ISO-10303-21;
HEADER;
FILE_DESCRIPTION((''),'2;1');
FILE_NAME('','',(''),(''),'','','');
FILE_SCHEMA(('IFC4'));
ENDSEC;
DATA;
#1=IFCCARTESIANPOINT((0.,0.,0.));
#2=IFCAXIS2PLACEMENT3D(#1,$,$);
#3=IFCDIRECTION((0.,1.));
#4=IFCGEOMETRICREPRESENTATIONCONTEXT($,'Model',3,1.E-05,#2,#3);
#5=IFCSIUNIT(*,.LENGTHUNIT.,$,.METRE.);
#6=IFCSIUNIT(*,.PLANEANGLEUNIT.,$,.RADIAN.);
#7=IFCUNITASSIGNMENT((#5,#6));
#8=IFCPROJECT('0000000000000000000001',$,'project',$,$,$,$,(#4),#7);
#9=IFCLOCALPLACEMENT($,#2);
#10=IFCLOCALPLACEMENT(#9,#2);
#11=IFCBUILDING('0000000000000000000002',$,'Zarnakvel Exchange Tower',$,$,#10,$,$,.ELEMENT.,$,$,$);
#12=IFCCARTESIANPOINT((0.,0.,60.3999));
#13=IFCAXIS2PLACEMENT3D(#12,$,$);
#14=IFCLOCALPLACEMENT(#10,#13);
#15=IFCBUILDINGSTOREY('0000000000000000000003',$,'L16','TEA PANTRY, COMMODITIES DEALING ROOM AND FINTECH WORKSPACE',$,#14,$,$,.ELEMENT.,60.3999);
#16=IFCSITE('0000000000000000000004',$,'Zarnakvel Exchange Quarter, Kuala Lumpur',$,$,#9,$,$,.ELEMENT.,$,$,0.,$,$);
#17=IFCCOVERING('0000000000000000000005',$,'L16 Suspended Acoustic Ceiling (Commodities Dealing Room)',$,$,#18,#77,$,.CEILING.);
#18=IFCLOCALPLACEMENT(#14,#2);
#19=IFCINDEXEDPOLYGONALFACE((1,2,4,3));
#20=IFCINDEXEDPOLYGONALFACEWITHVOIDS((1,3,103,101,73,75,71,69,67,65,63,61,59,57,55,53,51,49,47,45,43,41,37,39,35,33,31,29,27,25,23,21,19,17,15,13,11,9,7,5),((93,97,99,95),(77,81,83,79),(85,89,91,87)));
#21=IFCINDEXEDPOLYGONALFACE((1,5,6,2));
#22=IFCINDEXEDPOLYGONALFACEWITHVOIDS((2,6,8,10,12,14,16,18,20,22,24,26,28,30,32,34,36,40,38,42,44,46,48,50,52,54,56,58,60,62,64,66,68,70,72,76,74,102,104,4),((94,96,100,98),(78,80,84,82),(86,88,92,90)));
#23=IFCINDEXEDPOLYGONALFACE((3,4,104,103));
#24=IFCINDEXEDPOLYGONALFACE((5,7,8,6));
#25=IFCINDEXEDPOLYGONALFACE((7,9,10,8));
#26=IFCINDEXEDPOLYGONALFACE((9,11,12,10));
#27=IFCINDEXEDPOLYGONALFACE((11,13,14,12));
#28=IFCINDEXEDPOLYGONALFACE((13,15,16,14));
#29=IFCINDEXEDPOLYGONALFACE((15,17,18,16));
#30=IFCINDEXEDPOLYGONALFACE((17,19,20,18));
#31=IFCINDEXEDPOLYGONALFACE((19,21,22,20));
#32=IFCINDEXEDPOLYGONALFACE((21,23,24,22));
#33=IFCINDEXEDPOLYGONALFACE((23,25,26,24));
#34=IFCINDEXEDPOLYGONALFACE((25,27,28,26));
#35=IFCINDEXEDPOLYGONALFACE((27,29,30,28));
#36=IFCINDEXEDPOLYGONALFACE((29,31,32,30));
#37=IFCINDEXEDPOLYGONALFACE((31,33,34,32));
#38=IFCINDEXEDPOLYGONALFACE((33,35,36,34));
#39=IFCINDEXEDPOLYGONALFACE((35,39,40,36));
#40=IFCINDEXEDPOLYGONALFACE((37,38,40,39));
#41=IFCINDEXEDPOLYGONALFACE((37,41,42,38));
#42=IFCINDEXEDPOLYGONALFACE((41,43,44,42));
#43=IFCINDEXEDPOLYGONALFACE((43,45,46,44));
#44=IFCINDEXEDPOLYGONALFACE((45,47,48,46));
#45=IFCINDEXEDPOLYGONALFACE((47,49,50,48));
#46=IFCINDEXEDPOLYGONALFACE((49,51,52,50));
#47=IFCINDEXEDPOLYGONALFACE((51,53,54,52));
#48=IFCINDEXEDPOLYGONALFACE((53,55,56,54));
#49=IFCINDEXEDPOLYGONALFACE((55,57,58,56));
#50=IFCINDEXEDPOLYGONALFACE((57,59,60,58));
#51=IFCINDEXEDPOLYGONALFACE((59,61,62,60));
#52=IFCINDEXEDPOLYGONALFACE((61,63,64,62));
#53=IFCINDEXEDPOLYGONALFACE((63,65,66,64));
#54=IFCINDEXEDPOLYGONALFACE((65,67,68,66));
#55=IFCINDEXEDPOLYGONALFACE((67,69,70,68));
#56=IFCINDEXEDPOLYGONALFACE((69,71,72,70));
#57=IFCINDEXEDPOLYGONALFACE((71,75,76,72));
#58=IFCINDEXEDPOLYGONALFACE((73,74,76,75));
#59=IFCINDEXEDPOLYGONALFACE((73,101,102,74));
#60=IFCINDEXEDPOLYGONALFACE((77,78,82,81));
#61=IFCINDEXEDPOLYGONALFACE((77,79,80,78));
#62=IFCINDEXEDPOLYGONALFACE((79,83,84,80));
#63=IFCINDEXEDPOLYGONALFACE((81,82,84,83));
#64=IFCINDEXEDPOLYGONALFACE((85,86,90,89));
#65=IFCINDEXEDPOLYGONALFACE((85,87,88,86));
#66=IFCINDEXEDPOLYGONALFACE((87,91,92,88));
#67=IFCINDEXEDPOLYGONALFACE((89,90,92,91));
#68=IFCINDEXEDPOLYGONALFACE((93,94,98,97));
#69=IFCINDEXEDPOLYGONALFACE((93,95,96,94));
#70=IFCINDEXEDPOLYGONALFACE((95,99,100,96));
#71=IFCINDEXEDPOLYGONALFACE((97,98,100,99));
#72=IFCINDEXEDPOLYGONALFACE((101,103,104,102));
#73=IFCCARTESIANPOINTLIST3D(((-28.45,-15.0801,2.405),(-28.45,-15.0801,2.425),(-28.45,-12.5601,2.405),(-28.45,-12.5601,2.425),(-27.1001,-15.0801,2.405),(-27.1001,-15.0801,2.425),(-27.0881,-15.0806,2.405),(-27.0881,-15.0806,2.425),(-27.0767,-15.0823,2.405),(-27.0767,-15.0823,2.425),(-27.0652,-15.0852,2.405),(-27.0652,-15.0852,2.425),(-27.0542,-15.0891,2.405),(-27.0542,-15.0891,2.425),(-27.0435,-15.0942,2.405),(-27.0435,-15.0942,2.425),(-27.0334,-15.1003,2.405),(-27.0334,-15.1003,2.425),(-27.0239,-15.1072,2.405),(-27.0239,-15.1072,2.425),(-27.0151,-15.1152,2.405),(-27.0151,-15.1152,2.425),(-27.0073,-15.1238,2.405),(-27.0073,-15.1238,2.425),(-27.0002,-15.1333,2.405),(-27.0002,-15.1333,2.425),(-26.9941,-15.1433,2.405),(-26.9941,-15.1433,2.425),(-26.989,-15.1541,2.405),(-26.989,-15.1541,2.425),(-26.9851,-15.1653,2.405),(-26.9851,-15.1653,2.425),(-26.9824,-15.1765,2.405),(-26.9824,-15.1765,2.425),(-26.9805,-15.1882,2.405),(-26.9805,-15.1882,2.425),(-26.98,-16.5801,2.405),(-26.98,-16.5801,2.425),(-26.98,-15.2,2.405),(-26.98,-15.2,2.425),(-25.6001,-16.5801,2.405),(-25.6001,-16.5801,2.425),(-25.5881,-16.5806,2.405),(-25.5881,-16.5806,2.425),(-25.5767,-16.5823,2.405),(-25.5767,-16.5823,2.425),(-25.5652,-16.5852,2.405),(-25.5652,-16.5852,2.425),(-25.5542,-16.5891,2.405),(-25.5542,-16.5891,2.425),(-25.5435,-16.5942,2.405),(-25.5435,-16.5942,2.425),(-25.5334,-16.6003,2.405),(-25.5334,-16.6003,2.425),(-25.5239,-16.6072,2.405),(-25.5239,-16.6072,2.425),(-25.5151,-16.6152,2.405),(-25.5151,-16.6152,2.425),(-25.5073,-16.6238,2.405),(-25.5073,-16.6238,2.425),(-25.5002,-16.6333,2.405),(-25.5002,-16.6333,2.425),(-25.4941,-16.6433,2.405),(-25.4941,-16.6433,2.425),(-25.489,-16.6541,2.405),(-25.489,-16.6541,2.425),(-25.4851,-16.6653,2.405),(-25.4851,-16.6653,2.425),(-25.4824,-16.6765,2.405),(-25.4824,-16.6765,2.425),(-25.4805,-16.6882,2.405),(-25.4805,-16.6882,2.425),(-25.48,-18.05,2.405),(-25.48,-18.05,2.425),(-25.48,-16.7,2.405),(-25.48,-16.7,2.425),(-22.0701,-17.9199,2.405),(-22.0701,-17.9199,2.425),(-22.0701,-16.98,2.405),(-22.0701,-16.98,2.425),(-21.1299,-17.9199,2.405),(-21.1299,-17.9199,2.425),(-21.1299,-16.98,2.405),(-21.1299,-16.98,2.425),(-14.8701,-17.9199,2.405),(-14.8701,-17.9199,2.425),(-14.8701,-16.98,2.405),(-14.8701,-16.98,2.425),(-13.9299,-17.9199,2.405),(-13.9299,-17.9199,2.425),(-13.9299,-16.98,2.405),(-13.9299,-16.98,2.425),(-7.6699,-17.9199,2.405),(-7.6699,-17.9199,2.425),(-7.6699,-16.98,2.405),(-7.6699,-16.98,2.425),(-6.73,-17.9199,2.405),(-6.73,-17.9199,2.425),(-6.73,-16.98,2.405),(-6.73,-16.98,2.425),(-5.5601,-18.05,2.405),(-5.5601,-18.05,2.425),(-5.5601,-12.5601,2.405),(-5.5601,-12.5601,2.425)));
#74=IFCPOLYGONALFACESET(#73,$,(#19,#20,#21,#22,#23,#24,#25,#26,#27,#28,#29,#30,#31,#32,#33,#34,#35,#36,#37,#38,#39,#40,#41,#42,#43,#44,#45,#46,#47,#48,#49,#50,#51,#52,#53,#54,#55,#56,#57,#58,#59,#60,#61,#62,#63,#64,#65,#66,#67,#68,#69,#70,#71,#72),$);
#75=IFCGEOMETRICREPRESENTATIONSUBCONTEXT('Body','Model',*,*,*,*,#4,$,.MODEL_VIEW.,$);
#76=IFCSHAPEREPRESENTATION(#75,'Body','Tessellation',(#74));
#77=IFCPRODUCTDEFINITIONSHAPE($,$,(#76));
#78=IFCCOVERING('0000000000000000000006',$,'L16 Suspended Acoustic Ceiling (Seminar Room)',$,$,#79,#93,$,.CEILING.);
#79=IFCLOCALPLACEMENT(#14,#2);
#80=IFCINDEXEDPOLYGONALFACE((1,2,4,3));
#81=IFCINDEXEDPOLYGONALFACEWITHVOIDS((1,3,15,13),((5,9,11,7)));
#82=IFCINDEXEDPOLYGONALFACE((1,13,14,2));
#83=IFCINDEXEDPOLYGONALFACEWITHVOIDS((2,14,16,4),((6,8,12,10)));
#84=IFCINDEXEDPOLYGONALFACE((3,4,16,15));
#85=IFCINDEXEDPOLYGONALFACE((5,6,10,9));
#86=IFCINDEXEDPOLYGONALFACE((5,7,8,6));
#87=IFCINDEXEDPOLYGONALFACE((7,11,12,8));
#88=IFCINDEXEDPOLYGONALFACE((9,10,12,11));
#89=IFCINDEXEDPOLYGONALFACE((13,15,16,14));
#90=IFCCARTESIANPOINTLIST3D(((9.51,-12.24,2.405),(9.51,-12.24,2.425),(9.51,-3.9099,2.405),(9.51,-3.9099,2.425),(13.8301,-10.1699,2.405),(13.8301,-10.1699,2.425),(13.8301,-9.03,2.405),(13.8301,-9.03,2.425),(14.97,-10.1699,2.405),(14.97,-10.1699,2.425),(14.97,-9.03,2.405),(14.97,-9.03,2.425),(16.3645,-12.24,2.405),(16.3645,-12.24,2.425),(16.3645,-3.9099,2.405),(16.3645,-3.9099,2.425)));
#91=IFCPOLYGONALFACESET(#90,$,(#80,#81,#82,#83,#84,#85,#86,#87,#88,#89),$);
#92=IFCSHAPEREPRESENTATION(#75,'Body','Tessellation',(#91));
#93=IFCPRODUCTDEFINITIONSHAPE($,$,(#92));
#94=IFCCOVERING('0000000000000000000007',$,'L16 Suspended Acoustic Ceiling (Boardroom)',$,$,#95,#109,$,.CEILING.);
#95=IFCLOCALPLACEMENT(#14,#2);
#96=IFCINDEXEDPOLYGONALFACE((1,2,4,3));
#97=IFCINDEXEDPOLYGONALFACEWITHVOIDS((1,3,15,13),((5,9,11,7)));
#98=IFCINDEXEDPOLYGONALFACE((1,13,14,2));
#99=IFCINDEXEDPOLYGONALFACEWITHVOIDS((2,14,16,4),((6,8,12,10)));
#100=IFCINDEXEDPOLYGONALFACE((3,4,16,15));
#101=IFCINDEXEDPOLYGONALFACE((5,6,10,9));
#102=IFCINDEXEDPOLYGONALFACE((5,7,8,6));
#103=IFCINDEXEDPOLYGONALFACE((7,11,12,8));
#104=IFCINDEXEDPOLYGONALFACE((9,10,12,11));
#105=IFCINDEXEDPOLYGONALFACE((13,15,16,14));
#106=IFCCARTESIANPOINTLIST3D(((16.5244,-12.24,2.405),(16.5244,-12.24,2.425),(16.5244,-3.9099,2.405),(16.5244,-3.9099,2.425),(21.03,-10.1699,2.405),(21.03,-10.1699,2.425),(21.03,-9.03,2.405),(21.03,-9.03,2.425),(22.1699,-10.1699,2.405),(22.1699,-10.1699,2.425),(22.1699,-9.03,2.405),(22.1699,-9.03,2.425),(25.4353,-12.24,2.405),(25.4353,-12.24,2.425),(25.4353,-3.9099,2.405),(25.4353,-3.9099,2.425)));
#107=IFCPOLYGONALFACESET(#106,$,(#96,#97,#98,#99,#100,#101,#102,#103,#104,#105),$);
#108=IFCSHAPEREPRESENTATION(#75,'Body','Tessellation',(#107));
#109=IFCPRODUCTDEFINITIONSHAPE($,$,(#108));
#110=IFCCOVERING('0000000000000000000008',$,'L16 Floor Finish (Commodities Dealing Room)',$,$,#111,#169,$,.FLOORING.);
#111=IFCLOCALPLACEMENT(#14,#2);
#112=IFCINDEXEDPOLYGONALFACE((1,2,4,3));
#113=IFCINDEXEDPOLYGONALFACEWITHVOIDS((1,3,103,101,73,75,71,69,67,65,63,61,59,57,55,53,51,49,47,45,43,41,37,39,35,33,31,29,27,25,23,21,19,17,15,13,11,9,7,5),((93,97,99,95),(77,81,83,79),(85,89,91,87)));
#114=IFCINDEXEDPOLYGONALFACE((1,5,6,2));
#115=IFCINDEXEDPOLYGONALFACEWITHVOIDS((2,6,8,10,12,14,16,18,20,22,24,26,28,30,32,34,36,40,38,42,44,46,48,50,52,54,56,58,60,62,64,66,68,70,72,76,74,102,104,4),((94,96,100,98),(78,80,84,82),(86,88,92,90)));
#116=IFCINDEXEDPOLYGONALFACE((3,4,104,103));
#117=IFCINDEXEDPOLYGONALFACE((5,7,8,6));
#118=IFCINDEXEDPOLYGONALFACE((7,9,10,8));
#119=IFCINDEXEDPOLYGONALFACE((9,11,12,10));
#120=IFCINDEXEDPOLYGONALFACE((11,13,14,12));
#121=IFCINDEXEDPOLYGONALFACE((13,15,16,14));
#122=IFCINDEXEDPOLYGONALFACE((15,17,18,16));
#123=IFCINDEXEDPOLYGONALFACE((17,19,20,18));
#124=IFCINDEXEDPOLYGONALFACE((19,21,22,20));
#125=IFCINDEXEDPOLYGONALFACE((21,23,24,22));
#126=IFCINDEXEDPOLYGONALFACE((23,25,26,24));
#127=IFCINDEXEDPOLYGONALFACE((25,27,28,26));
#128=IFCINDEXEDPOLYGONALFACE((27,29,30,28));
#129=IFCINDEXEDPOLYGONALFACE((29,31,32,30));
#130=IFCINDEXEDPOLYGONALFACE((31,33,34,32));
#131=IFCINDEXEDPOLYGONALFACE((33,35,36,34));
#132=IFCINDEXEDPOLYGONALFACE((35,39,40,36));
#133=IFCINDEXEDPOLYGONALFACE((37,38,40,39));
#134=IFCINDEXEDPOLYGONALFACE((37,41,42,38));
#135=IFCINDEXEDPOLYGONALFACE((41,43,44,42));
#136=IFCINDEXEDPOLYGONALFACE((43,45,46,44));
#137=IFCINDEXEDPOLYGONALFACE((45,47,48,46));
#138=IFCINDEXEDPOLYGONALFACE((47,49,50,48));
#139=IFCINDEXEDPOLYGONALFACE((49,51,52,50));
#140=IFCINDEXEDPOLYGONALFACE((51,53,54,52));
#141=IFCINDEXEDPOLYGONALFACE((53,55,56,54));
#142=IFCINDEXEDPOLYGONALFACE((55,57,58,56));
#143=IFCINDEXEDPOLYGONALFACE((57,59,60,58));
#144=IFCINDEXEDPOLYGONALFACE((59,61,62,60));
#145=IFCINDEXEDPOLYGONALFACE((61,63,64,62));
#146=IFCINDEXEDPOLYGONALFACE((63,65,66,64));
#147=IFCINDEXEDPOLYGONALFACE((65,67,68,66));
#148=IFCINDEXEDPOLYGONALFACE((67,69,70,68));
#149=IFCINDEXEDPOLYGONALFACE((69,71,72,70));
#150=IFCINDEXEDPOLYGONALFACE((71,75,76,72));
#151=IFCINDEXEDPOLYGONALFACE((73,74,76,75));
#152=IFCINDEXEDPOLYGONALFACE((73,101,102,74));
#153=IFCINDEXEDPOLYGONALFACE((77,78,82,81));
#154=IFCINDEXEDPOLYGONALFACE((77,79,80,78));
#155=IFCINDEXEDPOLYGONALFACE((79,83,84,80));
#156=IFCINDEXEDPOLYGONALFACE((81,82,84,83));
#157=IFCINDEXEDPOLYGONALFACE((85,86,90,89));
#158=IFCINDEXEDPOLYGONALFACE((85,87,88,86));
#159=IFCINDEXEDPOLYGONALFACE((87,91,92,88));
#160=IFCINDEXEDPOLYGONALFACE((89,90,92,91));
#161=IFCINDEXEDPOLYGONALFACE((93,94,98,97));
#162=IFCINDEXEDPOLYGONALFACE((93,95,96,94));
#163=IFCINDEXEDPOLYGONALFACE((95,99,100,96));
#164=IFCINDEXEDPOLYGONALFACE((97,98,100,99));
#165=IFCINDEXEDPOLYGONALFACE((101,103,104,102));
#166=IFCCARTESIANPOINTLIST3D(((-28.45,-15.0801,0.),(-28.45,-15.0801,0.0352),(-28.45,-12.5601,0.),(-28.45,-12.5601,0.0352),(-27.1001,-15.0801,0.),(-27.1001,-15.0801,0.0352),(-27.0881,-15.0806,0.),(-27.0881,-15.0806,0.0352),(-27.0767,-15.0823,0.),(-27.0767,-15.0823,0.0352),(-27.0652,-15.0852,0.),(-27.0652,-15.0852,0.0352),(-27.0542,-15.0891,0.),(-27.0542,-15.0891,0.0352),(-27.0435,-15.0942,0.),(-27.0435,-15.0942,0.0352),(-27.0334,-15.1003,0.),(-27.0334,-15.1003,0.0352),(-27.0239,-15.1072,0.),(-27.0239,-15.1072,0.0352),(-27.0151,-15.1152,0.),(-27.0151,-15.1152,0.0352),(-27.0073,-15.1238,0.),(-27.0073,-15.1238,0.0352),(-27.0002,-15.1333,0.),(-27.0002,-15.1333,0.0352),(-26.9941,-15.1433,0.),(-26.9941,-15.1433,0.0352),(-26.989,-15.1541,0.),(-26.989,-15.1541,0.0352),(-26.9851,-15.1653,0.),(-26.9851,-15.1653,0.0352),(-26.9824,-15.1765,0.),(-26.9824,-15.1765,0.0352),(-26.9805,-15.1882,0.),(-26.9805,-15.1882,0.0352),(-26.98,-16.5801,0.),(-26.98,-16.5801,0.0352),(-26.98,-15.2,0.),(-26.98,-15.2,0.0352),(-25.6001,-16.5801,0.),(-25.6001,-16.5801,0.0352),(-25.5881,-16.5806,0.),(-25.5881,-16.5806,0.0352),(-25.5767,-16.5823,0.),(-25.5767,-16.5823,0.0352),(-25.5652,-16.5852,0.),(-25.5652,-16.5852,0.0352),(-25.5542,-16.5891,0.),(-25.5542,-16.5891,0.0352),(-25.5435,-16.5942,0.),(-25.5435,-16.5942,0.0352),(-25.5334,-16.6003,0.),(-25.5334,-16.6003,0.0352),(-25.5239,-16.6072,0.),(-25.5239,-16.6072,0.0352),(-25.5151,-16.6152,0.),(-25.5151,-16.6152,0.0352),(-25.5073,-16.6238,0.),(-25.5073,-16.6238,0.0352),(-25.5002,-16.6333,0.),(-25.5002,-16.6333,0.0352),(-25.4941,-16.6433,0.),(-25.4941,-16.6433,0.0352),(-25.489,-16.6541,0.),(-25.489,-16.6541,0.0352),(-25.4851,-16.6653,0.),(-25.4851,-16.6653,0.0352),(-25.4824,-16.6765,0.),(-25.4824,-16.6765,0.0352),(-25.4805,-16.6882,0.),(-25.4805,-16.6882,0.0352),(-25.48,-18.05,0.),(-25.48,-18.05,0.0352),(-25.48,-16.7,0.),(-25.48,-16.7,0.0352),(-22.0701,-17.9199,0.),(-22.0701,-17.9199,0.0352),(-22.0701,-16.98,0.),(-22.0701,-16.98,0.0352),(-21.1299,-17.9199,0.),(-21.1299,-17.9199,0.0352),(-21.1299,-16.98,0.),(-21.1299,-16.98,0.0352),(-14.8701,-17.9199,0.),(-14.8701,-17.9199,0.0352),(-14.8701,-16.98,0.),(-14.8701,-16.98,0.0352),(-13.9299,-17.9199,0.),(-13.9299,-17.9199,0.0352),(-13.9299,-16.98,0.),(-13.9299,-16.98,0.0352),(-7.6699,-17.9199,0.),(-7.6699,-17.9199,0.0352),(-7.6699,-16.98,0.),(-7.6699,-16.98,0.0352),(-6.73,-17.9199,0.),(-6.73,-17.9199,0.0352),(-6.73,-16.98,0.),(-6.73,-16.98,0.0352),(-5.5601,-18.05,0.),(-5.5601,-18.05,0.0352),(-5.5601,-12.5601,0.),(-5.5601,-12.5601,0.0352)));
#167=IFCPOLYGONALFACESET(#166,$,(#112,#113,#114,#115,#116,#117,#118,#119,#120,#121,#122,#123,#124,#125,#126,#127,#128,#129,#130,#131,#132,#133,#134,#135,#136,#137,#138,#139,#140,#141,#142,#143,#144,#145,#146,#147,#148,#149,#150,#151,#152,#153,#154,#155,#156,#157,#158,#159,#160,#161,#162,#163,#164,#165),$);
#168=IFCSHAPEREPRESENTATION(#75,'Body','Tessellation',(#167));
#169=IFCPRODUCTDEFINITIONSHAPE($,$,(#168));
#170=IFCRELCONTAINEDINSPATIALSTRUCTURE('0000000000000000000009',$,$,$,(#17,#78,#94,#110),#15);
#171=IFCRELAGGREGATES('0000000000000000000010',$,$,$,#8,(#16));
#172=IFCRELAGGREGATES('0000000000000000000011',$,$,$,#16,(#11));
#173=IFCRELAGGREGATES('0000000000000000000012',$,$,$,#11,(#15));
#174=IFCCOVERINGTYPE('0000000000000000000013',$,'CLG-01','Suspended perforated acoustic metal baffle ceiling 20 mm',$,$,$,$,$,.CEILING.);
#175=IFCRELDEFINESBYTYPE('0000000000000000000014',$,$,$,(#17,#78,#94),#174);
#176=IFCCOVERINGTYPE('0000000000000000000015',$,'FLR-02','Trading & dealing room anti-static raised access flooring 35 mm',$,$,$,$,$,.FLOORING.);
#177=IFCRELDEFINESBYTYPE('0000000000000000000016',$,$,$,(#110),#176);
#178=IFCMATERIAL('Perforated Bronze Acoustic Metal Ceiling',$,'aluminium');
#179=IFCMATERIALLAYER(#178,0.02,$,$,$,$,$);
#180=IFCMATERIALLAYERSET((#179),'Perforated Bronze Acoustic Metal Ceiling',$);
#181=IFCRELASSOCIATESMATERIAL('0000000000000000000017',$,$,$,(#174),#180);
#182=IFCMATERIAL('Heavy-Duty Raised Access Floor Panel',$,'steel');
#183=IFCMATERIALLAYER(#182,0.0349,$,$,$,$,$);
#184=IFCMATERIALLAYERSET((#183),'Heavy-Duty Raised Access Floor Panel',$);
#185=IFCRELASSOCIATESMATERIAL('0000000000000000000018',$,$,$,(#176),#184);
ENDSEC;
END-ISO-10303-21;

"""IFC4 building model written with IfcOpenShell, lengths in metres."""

from ifc_helpers import new_model, si_unit, direction, frame, origin, place, context, subcontext, project, spatial, polyline, outline, extrude, material, layer, layer_set, type_object, element, save


model = new_model("IFC4")

# Units and contexts
model_context = context("Model", 3, precision=1e-05, world=origin(), true_north=direction((0.0, 1.0)))
body_context = subcontext(model_context, "Body", "Model", "MODEL_VIEW")
ifc_project = project(units=[si_unit("LENGTHUNIT", "METRE"), si_unit("PLANEANGLEUNIT", "RADIAN")], contexts=[model_context])

# Site, building, storey
site_placement = place(None, origin())
site = spatial("IfcSite", under=ifc_project, at=site_placement, Name="Zarnakvel Exchange Quarter, Kuala Lumpur", CompositionType="ELEMENT", RefElevation=0.0)
building_placement = place(site_placement, origin())
building = spatial("IfcBuilding", under=site, at=building_placement, Name="Zarnakvel Exchange Tower", CompositionType="ELEMENT")
storey_placement = place(building_placement, frame((0.0, 0.0, 60.3999)))
storey = spatial("IfcBuildingStorey", under=building, at=storey_placement, Name="L16", Description="TEA PANTRY, COMMODITIES DEALING ROOM AND FINTECH WORKSPACE", CompositionType="ELEMENT", Elevation=60.3999)

# Coverings
ifc_material_1 = material(Name="Perforated Bronze Acoustic Metal Ceiling", Category="aluminium")
ifc_layer_1 = layer(ifc_material_1, 0.02)
ifc_layer_set_1 = layer_set([ifc_layer_1], Name="Perforated Bronze Acoustic Metal Ceiling")
covering_type_1 = type_object("IfcCoveringType", Name="CLG-01", Description="Suspended perforated acoustic metal baffle ceiling 20 mm", PredefinedType="CEILING", material=ifc_layer_set_1)
covering_1_placement = place(storey_placement, frame((0.0, 0.0, 2.405)))
element("IfcCovering", 1, at=covering_1_placement, inside=storey, type_object=covering_type_1, Name="L16 Suspended Acoustic Ceiling (Commodities Dealing Room)", PredefinedType="CEILING", context=body_context, shape_type="SweptSolid", body=[
    extrude(outline(polyline([(-5.5601, -12.5601), (-5.5601, -18.05), (-25.48, -18.05), (-25.48, -16.7), (-25.4805, -16.6882), (-25.4824, -16.6765), (-25.4851, -16.6653), (-25.489, -16.6541), (-25.4941, -16.6433), (-25.5002, -16.6333), (-25.5073, -16.6238), (-25.5151, -16.6152), (-25.5239, -16.6072), (-25.5334, -16.6003), (-25.5435, -16.5942), (-25.5542, -16.5891), (-25.5652, -16.5852), (-25.5767, -16.5823), (-25.5881, -16.5806), (-25.6001, -16.5801), (-26.98, -16.5801), (-26.98, -15.2), (-26.9805, -15.1882), (-26.9824, -15.1765), (-26.9851, -15.1653), (-26.989, -15.1541), (-26.9941, -15.1433), (-27.0002, -15.1333), (-27.0073, -15.1238), (-27.0151, -15.1152), (-27.0239, -15.1072), (-27.0334, -15.1003), (-27.0435, -15.0942), (-27.0542, -15.0891), (-27.0652, -15.0852), (-27.0767, -15.0823), (-27.0881, -15.0806), (-27.1001, -15.0801), (-28.45, -15.0801), (-28.45, -12.5601), (-5.5601, -12.5601)]), holes=[polyline([(-6.73, -17.9199), (-6.73, -16.98), (-7.6699, -16.98), (-7.6699, -17.9199), (-6.73, -17.9199)]), polyline([(-13.9299, -17.9199), (-13.9299, -16.98), (-14.8701, -16.98), (-14.8701, -17.9199), (-13.9299, -17.9199)]), polyline([(-21.1299, -17.9199), (-21.1299, -16.98), (-22.0701, -16.98), (-22.0701, -17.9199), (-21.1299, -17.9199)])]), origin(), (0.0, 0.0, 1.0), 0.02),
])
covering_2_placement = place(storey_placement, frame((0.0, 0.0, 2.405)))
element("IfcCovering", 2, at=covering_2_placement, inside=storey, type_object=covering_type_1, Name="L16 Suspended Acoustic Ceiling (Seminar Room)", PredefinedType="CEILING", context=body_context, shape_type="SweptSolid", body=[
    extrude(outline(polyline([(9.51, -3.9099), (16.3645, -3.9099), (16.3645, -12.24), (9.51, -12.24), (9.51, -3.9099)]), holes=[polyline([(13.8301, -10.1699), (14.97, -10.1699), (14.97, -9.03), (13.8301, -9.03), (13.8301, -10.1699)])]), origin(), (0.0, 0.0, 1.0), 0.02),
])
covering_3_placement = place(storey_placement, frame((0.0, 0.0, 2.405)))
element("IfcCovering", 3, at=covering_3_placement, inside=storey, type_object=covering_type_1, Name="L16 Suspended Acoustic Ceiling (Boardroom)", PredefinedType="CEILING", context=body_context, shape_type="SweptSolid", body=[
    extrude(outline(polyline([(16.5244, -3.9099), (25.4353, -3.9099), (25.4353, -12.24), (16.5244, -12.24), (16.5244, -3.9099)]), holes=[polyline([(22.1699, -10.1699), (22.1699, -9.03), (21.03, -9.03), (21.03, -10.1699), (22.1699, -10.1699)])]), origin(), (0.0, 0.0, 1.0), 0.02),
])
ifc_material_2 = material(Name="Heavy-Duty Raised Access Floor Panel", Category="steel")
ifc_layer_2 = layer(ifc_material_2, 0.0349)
ifc_layer_set_2 = layer_set([ifc_layer_2], Name="Heavy-Duty Raised Access Floor Panel")
covering_type_2 = type_object("IfcCoveringType", Name="FLR-02", Description="Trading & dealing room anti-static raised access flooring 35 mm", PredefinedType="FLOORING", material=ifc_layer_set_2)
covering_4_placement = place(storey_placement, origin())
element("IfcCovering", 4, at=covering_4_placement, inside=storey, type_object=covering_type_2, Name="L16 Floor Finish (Commodities Dealing Room)", PredefinedType="FLOORING", context=body_context, shape_type="SweptSolid", body=[
    extrude(outline(polyline([(-5.5601, -12.5601), (-5.5601, -18.05), (-25.48, -18.05), (-25.48, -16.7), (-25.4805, -16.6882), (-25.4824, -16.6765), (-25.4851, -16.6653), (-25.489, -16.6541), (-25.4941, -16.6433), (-25.5002, -16.6333), (-25.5073, -16.6238), (-25.5151, -16.6152), (-25.5239, -16.6072), (-25.5334, -16.6003), (-25.5435, -16.5942), (-25.5542, -16.5891), (-25.5652, -16.5852), (-25.5767, -16.5823), (-25.5881, -16.5806), (-25.6001, -16.5801), (-26.98, -16.5801), (-26.98, -15.2), (-26.9805, -15.1882), (-26.9824, -15.1765), (-26.9851, -15.1653), (-26.989, -15.1541), (-26.9941, -15.1433), (-27.0002, -15.1333), (-27.0073, -15.1238), (-27.0151, -15.1152), (-27.0239, -15.1072), (-27.0334, -15.1003), (-27.0435, -15.0942), (-27.0542, -15.0891), (-27.0652, -15.0852), (-27.0767, -15.0823), (-27.0881, -15.0806), (-27.1001, -15.0801), (-28.45, -15.0801), (-28.45, -12.5601), (-5.5601, -12.5601)]), holes=[polyline([(-6.73, -17.9199), (-6.73, -16.98), (-7.6699, -16.98), (-7.6699, -17.9199), (-6.73, -17.9199)]), polyline([(-13.9299, -17.9199), (-13.9299, -16.98), (-14.8701, -16.98), (-14.8701, -17.9199), (-13.9299, -17.9199)]), polyline([(-21.1299, -17.9199), (-21.1299, -16.98), (-22.0701, -16.98), (-22.0701, -17.9199), (-21.1299, -17.9199)])]), origin(), (0.0, 0.0, 1.0), 0.0352),
])

save(model, "model.ifc")
